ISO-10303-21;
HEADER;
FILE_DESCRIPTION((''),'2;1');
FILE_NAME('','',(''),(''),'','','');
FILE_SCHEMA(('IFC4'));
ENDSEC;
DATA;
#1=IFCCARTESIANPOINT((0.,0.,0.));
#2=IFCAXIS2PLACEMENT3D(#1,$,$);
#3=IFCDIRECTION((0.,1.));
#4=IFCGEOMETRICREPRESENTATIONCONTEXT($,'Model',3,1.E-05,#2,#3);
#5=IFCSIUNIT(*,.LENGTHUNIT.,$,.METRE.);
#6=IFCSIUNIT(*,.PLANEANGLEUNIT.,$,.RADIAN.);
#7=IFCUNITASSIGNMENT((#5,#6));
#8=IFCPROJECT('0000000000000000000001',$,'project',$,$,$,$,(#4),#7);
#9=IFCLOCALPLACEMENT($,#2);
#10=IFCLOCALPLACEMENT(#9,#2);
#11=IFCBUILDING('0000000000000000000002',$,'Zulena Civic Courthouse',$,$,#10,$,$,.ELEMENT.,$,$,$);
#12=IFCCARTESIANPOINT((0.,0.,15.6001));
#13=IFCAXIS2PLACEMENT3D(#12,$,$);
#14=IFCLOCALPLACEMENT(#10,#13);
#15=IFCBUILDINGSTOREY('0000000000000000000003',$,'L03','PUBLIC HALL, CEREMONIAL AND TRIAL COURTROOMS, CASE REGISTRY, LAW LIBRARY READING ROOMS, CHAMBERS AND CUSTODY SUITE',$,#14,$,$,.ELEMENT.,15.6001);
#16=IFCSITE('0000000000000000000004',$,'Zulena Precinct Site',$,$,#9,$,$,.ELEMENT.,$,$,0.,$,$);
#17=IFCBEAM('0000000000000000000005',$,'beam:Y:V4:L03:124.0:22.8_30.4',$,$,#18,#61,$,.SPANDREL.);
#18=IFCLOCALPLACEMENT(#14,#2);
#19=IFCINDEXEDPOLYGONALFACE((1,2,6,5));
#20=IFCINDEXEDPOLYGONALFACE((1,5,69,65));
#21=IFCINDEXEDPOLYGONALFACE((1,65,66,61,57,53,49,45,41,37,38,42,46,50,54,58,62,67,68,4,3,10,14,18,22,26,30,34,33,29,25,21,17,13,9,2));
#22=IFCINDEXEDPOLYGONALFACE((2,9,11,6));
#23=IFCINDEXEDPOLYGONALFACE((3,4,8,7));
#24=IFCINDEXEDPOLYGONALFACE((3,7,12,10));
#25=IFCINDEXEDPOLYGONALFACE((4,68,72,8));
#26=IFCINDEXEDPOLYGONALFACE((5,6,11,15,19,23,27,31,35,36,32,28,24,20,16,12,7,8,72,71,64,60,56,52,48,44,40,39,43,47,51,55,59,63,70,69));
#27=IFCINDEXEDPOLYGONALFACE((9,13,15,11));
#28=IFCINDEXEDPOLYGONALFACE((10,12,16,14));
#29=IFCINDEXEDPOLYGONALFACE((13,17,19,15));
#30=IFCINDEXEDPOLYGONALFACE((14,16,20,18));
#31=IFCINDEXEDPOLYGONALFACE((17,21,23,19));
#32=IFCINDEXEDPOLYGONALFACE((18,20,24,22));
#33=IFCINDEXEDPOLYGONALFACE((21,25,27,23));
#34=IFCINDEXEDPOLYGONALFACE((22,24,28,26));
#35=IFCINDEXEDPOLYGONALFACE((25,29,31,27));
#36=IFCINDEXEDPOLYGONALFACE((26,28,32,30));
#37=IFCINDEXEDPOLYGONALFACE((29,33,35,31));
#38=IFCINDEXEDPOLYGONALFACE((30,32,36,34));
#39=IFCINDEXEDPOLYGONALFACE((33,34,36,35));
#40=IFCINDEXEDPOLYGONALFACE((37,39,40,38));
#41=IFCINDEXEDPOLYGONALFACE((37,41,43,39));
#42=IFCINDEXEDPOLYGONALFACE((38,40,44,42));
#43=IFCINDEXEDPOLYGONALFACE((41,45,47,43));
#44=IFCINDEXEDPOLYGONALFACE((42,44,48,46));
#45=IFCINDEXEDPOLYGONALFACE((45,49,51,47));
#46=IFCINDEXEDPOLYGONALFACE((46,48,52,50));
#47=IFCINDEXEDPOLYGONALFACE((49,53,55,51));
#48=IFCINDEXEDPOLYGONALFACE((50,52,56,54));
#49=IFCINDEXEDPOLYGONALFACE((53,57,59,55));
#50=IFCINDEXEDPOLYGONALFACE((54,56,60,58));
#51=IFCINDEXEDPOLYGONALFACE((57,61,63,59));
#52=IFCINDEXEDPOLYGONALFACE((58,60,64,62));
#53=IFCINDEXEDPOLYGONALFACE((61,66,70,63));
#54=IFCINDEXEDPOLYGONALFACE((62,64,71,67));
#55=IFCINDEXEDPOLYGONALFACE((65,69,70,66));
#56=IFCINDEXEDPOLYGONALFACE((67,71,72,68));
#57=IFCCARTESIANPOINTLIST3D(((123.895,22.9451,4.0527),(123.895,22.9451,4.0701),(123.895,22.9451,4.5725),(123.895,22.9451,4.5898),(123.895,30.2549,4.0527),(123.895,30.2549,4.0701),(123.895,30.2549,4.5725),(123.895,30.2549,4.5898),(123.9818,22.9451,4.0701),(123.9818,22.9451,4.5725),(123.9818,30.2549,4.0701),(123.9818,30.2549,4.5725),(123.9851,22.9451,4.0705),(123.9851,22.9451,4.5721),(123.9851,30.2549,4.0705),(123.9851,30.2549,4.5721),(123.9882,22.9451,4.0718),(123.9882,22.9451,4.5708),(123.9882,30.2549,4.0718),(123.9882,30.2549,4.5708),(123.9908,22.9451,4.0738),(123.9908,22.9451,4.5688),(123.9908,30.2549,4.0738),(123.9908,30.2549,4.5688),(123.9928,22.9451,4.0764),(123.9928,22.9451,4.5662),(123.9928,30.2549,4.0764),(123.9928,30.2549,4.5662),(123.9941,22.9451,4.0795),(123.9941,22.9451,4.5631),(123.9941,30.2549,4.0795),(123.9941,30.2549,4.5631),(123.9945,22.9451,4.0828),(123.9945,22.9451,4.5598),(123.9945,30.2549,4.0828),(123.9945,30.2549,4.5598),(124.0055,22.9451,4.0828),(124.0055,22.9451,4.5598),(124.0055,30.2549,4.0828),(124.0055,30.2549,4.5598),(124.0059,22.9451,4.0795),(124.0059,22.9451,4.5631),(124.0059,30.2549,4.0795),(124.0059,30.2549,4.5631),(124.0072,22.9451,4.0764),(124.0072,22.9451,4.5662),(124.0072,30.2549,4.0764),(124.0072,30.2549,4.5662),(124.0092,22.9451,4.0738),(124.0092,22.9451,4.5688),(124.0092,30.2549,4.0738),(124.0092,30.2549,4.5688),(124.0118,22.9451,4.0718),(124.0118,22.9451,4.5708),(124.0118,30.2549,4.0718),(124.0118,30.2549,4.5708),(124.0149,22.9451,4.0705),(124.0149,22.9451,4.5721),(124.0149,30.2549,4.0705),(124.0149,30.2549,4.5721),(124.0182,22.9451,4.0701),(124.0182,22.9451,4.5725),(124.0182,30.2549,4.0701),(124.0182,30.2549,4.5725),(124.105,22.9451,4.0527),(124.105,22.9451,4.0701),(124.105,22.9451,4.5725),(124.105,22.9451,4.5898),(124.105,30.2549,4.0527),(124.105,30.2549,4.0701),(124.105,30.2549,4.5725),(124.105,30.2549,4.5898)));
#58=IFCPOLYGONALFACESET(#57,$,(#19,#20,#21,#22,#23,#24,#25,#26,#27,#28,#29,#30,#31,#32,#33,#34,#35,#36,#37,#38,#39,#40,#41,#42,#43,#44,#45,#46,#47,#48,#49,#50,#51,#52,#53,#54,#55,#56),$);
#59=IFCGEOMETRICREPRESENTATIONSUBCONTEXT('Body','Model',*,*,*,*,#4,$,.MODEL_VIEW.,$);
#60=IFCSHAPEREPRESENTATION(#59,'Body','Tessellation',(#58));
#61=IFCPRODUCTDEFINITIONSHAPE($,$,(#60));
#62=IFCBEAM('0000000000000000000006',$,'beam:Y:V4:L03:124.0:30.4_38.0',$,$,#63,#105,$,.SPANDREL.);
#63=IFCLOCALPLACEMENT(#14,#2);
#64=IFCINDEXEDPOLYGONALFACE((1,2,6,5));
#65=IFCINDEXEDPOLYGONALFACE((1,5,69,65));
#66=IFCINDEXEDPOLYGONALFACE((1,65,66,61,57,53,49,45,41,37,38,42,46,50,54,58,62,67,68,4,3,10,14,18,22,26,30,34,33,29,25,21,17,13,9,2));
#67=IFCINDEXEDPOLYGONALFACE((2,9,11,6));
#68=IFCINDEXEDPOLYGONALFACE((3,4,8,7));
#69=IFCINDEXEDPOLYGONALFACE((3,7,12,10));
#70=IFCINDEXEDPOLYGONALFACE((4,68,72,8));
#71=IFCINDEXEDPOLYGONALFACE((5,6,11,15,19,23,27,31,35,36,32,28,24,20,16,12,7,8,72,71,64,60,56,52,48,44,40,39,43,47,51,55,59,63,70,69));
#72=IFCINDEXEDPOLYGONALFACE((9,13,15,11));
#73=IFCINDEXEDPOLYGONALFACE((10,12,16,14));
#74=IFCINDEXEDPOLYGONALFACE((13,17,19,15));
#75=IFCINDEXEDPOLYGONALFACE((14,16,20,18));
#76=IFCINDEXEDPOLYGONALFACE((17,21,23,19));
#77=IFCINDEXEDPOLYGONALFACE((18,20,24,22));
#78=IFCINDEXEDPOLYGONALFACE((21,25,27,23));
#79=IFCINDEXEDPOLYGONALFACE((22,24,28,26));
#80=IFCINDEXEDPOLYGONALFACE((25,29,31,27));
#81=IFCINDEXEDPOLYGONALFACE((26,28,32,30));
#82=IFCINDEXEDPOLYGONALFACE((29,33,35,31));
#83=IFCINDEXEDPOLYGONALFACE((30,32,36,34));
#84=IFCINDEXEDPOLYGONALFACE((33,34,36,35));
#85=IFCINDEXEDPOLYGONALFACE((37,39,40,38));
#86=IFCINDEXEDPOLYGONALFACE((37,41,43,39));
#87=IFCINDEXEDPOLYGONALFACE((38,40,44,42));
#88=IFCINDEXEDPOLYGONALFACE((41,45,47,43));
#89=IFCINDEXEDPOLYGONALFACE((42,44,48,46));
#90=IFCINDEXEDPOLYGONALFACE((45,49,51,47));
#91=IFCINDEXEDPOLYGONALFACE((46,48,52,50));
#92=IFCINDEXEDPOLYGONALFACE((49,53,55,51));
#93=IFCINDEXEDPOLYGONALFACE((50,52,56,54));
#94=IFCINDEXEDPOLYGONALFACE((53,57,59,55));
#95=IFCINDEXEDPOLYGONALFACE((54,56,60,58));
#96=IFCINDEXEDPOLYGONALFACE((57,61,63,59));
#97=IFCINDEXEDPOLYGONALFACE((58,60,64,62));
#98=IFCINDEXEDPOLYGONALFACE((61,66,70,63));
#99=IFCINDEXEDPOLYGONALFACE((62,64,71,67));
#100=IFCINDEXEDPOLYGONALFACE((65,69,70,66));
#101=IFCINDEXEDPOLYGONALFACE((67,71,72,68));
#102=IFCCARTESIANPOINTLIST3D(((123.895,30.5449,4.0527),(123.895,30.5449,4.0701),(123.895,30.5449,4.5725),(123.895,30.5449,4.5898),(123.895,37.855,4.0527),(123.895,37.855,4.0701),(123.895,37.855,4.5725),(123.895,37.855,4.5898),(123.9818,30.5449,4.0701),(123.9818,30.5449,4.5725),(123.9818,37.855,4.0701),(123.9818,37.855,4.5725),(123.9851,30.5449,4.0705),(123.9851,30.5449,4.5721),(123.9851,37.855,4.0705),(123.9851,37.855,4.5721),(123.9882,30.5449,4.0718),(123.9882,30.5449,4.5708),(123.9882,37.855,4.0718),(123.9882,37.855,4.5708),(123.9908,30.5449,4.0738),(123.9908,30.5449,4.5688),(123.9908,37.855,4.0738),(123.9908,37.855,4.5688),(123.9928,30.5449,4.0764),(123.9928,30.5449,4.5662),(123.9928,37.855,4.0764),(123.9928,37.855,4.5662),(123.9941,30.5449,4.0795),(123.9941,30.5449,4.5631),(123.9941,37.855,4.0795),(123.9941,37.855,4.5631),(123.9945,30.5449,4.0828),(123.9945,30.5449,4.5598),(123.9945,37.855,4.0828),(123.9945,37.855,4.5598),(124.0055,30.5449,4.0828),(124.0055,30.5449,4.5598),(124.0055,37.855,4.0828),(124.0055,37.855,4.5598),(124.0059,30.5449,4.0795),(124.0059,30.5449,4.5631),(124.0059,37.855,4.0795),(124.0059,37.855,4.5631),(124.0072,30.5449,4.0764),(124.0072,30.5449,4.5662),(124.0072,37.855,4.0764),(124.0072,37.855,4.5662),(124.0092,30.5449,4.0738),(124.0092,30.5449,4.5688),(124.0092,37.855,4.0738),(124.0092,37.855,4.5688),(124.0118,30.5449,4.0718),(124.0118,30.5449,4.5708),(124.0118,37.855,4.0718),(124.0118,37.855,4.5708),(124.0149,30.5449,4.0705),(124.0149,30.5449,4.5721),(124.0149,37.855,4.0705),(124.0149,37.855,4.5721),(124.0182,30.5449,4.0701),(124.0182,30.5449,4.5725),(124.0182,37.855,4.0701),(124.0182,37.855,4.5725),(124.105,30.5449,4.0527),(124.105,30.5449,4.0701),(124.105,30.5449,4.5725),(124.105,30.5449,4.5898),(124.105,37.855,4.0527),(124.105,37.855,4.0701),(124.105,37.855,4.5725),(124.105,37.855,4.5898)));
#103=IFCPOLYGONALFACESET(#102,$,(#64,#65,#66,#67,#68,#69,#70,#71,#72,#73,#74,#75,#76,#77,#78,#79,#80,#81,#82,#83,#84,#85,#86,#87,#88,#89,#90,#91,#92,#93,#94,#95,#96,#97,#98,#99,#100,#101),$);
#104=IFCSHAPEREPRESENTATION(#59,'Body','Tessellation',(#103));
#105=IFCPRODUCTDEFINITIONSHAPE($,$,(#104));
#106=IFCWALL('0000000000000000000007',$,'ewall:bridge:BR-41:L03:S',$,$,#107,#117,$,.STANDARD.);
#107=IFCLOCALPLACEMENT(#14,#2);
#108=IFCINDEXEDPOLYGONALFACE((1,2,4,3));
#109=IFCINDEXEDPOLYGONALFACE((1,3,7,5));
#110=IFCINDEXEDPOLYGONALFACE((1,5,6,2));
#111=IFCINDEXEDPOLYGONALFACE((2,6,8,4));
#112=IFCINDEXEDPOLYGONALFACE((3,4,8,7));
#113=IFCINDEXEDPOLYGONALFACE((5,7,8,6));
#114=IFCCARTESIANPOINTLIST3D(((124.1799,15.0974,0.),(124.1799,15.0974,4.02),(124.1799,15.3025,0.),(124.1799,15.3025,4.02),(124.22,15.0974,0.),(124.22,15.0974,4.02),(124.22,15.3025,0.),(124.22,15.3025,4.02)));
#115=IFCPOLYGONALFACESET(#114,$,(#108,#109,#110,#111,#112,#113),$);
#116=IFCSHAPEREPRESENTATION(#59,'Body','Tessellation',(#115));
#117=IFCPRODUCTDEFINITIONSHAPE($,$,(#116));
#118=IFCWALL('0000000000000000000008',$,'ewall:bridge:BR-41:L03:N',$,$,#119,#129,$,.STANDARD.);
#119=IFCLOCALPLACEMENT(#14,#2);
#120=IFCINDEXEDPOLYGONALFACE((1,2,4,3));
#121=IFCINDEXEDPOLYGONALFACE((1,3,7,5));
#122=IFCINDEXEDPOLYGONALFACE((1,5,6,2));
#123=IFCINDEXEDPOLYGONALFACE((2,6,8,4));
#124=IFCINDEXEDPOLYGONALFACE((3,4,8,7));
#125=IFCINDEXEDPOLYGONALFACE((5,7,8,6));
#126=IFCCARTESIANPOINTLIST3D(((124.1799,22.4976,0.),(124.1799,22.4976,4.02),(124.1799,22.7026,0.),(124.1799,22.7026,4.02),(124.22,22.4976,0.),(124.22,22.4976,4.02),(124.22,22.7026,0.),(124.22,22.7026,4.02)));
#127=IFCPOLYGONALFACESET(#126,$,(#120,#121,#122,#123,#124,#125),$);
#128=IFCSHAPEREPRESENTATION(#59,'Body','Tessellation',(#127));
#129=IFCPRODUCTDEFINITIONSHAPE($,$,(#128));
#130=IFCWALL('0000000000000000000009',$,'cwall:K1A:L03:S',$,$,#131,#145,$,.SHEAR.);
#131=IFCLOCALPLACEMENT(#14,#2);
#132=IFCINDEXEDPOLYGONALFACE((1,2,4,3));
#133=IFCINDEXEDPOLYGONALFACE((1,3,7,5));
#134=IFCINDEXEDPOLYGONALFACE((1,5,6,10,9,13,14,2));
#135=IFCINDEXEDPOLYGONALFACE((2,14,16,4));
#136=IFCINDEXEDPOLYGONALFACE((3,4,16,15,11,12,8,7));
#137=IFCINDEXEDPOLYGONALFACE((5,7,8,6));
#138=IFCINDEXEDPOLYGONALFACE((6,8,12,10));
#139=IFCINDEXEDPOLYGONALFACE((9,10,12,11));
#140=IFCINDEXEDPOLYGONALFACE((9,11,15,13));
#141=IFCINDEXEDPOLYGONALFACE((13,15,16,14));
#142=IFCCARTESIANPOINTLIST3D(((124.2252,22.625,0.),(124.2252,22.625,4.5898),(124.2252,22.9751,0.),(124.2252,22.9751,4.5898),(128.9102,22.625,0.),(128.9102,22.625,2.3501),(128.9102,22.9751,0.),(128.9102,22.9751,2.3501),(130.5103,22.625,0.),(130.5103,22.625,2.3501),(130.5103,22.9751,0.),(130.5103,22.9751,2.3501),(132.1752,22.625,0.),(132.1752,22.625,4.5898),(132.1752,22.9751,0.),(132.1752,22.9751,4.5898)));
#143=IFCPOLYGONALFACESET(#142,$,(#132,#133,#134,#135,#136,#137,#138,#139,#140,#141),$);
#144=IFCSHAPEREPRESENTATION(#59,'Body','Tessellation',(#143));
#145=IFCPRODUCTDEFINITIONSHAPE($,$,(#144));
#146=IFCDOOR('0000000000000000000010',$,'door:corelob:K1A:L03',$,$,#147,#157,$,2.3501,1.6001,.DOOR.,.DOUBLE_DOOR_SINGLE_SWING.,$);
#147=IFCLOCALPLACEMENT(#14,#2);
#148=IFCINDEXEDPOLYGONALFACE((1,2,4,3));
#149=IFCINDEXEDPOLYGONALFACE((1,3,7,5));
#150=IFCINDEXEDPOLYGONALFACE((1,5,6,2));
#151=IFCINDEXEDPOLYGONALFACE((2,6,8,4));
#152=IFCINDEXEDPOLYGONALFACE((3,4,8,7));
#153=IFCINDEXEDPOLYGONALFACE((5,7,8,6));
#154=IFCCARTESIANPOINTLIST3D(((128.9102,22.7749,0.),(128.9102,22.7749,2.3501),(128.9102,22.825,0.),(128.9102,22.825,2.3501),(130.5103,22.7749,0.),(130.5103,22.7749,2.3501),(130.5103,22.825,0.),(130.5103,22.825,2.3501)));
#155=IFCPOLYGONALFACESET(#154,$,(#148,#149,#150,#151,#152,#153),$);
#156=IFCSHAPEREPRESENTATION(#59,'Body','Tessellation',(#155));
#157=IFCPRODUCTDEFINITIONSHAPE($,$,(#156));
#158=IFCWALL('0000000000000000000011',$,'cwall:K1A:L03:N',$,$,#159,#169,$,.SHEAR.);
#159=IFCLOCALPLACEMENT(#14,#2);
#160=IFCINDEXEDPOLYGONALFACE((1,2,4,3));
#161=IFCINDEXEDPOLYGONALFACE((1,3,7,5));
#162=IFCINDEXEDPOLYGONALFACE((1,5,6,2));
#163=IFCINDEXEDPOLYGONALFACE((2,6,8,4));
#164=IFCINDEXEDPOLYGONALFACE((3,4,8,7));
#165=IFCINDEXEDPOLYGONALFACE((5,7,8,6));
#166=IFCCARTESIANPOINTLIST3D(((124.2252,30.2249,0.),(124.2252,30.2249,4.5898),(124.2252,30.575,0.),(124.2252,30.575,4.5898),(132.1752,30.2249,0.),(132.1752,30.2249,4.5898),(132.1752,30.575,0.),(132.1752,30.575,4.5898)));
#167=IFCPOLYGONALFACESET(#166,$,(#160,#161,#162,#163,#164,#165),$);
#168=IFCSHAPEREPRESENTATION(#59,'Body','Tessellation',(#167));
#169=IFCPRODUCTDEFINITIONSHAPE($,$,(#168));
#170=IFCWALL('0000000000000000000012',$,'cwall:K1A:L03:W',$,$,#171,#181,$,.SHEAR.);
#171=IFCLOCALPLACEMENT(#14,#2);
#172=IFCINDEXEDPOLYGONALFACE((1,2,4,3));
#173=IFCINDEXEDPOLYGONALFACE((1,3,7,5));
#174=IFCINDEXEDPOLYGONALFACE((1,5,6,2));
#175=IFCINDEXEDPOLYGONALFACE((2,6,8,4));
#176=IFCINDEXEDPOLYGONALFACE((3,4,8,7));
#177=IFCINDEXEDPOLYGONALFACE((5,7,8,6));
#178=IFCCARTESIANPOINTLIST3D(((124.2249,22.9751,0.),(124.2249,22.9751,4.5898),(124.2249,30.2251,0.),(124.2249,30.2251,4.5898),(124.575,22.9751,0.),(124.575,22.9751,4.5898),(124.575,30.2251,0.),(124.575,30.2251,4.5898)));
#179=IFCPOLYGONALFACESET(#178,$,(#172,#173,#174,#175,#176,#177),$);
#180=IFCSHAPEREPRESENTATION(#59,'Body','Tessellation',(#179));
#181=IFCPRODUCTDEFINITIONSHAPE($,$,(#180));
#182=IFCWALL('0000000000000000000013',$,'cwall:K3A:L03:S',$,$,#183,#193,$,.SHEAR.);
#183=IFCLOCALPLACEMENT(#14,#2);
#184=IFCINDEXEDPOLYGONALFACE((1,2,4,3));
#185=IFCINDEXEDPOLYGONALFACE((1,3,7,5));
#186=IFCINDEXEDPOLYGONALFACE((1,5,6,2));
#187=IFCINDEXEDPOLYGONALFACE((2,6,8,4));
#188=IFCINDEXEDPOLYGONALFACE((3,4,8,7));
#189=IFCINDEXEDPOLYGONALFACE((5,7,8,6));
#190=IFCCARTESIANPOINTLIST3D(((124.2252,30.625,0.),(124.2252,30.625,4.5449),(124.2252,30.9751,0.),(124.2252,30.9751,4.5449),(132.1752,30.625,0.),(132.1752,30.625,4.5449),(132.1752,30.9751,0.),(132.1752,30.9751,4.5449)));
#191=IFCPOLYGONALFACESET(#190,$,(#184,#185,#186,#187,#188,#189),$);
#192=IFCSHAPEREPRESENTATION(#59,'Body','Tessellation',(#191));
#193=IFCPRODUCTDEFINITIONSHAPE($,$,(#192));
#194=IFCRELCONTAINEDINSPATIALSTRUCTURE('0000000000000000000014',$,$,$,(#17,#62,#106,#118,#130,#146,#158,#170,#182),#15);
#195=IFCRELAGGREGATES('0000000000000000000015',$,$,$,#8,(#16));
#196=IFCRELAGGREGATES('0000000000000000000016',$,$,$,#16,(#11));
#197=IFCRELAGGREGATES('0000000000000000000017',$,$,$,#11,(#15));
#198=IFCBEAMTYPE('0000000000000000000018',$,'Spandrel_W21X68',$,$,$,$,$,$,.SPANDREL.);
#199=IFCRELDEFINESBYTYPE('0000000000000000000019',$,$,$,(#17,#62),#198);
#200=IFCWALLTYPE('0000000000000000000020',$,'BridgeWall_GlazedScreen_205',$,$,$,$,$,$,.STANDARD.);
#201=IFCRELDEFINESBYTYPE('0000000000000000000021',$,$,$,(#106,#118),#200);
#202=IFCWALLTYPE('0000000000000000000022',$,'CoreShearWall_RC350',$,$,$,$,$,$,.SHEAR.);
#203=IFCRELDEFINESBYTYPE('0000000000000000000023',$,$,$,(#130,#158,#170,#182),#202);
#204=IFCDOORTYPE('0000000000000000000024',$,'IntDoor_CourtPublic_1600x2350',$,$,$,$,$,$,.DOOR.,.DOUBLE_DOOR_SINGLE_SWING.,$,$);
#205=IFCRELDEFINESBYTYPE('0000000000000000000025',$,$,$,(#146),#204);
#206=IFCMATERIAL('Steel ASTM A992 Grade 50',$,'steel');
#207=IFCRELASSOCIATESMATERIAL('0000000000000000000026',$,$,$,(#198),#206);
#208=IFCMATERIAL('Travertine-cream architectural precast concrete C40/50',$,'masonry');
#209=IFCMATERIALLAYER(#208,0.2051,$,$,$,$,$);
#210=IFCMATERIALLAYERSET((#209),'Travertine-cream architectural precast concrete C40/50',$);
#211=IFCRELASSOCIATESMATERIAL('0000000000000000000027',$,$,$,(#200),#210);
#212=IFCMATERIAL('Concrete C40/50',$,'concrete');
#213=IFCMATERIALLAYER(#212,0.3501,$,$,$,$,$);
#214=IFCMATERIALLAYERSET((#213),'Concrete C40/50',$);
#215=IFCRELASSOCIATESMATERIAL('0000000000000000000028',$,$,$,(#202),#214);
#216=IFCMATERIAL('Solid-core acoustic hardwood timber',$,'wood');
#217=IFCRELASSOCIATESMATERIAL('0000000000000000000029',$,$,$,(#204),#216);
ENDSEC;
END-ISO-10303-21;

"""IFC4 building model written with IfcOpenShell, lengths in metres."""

from ifc_helpers import new_model, si_unit, direction, frame, frame_2d, origin, origin_2d, place, context, subcontext, project, spatial, rectangle, i_section, extrude, material, layer, layer_set, material_profile, profile_set, type_object, element, fill, save


model = new_model("IFC4")

# Units and contexts
model_context = context("Model", 3, precision=1e-05, world=origin(), true_north=direction((0.0, 1.0)))
body_context = subcontext(model_context, "Body", "Model", "MODEL_VIEW")
ifc_project = project(units=[si_unit("LENGTHUNIT", "METRE"), si_unit("PLANEANGLEUNIT", "RADIAN")], contexts=[model_context])

# Site, building, storey
site_placement = place(None, origin())
site = spatial("IfcSite", under=ifc_project, at=site_placement, Name="Zulena Precinct Site", CompositionType="ELEMENT", RefElevation=0.0)
building_placement = place(site_placement, origin())
building = spatial("IfcBuilding", under=site, at=building_placement, Name="Zulena Civic Courthouse", CompositionType="ELEMENT")
storey_placement = place(building_placement, frame((0.0, 0.0, 15.6001)))
storey = spatial("IfcBuildingStorey", under=building, at=storey_placement, Name="L03", Description="PUBLIC HALL, CEREMONIAL AND TRIAL COURTROOMS, CASE REGISTRY, LAW LIBRARY READING ROOMS, CHAMBERS AND CUSTODY SUITE", CompositionType="ELEMENT", Elevation=15.6001)

# Shared definitions
ifc_material_1 = material(Name="Steel ASTM A992 Grade 50", Category="steel")

# Beams
ifc_material_profile_1 = material_profile(ifc_material_1, i_section(OverallWidth=0.21, OverallDepth=0.5371, WebThickness=0.011, FlangeThickness=0.0173, FilletRadius=0.0127, at=origin_2d()), Name="W21X68")
ifc_profile_set_1 = profile_set([ifc_material_profile_1], Name="Steel ASTM A992 Grade 50")
beam_type = type_object("IfcBeamType", Name="Spandrel_W21X68", PredefinedType="SPANDREL", material=ifc_profile_set_1)
beam_1_placement = place(storey_placement, frame((124.0, 22.9451, 4.3213), z_axis=(0.0, 1.0, 0.0), x_axis=(-1.0, 0.0, 0.0)))
element("IfcBeam", 1, at=beam_1_placement, inside=storey, type_object=beam_type, Name="beam:Y:V4:L03:124.0:22.8_30.4", PredefinedType="SPANDREL", context=body_context, shape_type="SweptSolid", body=[
    extrude(i_section(OverallWidth=0.21, OverallDepth=0.5371, WebThickness=0.011, FlangeThickness=0.0173, FilletRadius=0.0127, at=origin_2d()), origin(), (0.0, 0.0, 1.0), 7.3098),
])
beam_2_placement = place(storey_placement, frame((124.0, 30.5449, 4.3213), z_axis=(0.0, 1.0, 0.0), x_axis=(-1.0, 0.0, 0.0)))
element("IfcBeam", 2, at=beam_2_placement, inside=storey, type_object=beam_type, Name="beam:Y:V4:L03:124.0:30.4_38.0", PredefinedType="SPANDREL", context=body_context, shape_type="SweptSolid", body=[
    extrude(i_section(OverallWidth=0.21, OverallDepth=0.5371, WebThickness=0.011, FlangeThickness=0.0173, FilletRadius=0.0127, at=origin_2d()), origin(), (0.0, 0.0, 1.0), 7.3101),
])

# Walls
ifc_material_2 = material(Name="Travertine-cream architectural precast concrete C40/50", Category="masonry")
ifc_layer_1 = layer(ifc_material_2, 0.2051)
ifc_layer_set_1 = layer_set([ifc_layer_1], Name="Travertine-cream architectural precast concrete C40/50")
wall_type_1 = type_object("IfcWallType", Name="BridgeWall_GlazedScreen_205", PredefinedType="STANDARD", material=ifc_layer_set_1)
for number, where, z_axis, x_axis, name in (
    (3, (124.22, 15.2, 0.0), (0.0, 0.0, 1.0), (-1.0, 0.0, 0.0), "ewall:bridge:BR-41:L03:S"),
    (4, (124.1799, 22.6001, 0.0), (0.0, 0.0, 1.0), (1.0, 0.0, 0.0), "ewall:bridge:BR-41:L03:N"),
):
    element("IfcWall", number, at=place(storey_placement, frame(where, z_axis=z_axis, x_axis=x_axis)), inside=storey, type_object=wall_type_1, Name=name, PredefinedType="STANDARD", context=body_context, shape_type="SweptSolid", body=[
        extrude(rectangle(XDim=0.04, YDim=0.2051, at=frame_2d((0.02, 0.0))), origin(), (0.0, 0.0, 1.0), 4.02),
    ])

# Wall, opening, door
ifc_material_3 = material(Name="Concrete C40/50", Category="concrete")
ifc_layer_2 = layer(ifc_material_3, 0.3501)
ifc_layer_set_2 = layer_set([ifc_layer_2], Name="Concrete C40/50")
wall_type_2 = type_object("IfcWallType", Name="CoreShearWall_RC350", PredefinedType="SHEAR", material=ifc_layer_set_2)
wall_1_placement = place(storey_placement, frame((124.2251, 22.8, 0.0), z_axis=(0.0, 0.0, 1.0), x_axis=(1.0, 0.0, 0.0)))
wall_1 = element("IfcWall", 5, at=wall_1_placement, inside=storey, type_object=wall_type_2, Name="cwall:K1A:L03:S", PredefinedType="SHEAR", context=body_context, shape_type="SweptSolid", body=[
    extrude(rectangle(XDim=7.95, YDim=0.3501, at=frame_2d((3.9751, 0.0))), origin(), (0.0, 0.0, 1.0), 4.5898),
])
opening_1_placement = place(wall_1_placement, frame((4.6851, 0.0, 0.0)))
opening_1 = element("IfcOpeningElement", 6, at=opening_1_placement, cuts=wall_1, PredefinedType="OPENING", context=body_context, shape_type="SweptSolid", body=[
    extrude(rectangle(XDim=1.6001, YDim=2.3501, at=frame_2d((0.8, 1.175))), frame((0.0, 0.1851, 0.0), z_axis=(0.0, -1.0, 0.0), x_axis=(1.0, 0.0, 0.0)), (0.0, 0.0, 1.0), 0.3701),
])
ifc_material_4 = material(Name="Solid-core acoustic hardwood timber", Category="wood")
door_type_1 = type_object("IfcDoorType", Name="IntDoor_CourtPublic_1600x2350", OperationType="DOUBLE_DOOR_SINGLE_SWING", PredefinedType="DOOR", material=ifc_material_4)
door_1_placement = place(opening_1_placement, origin())
door_1 = element("IfcDoor", 7, at=door_1_placement, inside=storey, type_object=door_type_1, Name="door:corelob:K1A:L03", OperationType="DOUBLE_DOOR_SINGLE_SWING", OverallHeight=2.3501, OverallWidth=1.6001, PredefinedType="DOOR", context=body_context, shape_type="SweptSolid", body=[
    extrude(rectangle(XDim=1.6001, YDim=2.3501, at=frame_2d((0.8, 1.175))), frame((0.0, 0.0249, 0.0), z_axis=(0.0, -1.0, 0.0), x_axis=(1.0, 0.0, 0.0)), (0.0, 0.0, 1.0), 0.05),
])
fill(opening_1, door_1)

# Walls
wall_2_placement = place(storey_placement, frame((124.2251, 30.3999, 0.0), z_axis=(0.0, 0.0, 1.0), x_axis=(1.0, 0.0, 0.0)))
element("IfcWall", 8, at=wall_2_placement, inside=storey, type_object=wall_type_2, Name="cwall:K1A:L03:N", PredefinedType="SHEAR", context=body_context, shape_type="SweptSolid", body=[
    extrude(rectangle(XDim=7.95, YDim=0.3501, at=frame_2d((3.9751, 0.0))), origin(), (0.0, 0.0, 1.0), 4.5898),
])
wall_3_placement = place(storey_placement, frame((124.3999, 22.9751, 0.0), z_axis=(0.0, 0.0, 1.0), x_axis=(0.0, 1.0, 0.0)))
element("IfcWall", 9, at=wall_3_placement, inside=storey, type_object=wall_type_2, Name="cwall:K1A:L03:W", PredefinedType="SHEAR", context=body_context, shape_type="SweptSolid", body=[
    extrude(rectangle(XDim=7.25, YDim=0.3501, at=frame_2d((3.625, 0.0))), origin(), (0.0, 0.0, 1.0), 4.5898),
])
wall_4_placement = place(storey_placement, frame((124.2251, 30.8, 0.0), z_axis=(0.0, 0.0, 1.0), x_axis=(1.0, 0.0, 0.0)))
element("IfcWall", 10, at=wall_4_placement, inside=storey, type_object=wall_type_2, Name="cwall:K3A:L03:S", PredefinedType="SHEAR", context=body_context, shape_type="SweptSolid", body=[
    extrude(rectangle(XDim=7.95, YDim=0.3501, at=frame_2d((3.9751, 0.0))), origin(), (0.0, 0.0, 1.0), 4.5449),
])

save(model, "model.ifc")
